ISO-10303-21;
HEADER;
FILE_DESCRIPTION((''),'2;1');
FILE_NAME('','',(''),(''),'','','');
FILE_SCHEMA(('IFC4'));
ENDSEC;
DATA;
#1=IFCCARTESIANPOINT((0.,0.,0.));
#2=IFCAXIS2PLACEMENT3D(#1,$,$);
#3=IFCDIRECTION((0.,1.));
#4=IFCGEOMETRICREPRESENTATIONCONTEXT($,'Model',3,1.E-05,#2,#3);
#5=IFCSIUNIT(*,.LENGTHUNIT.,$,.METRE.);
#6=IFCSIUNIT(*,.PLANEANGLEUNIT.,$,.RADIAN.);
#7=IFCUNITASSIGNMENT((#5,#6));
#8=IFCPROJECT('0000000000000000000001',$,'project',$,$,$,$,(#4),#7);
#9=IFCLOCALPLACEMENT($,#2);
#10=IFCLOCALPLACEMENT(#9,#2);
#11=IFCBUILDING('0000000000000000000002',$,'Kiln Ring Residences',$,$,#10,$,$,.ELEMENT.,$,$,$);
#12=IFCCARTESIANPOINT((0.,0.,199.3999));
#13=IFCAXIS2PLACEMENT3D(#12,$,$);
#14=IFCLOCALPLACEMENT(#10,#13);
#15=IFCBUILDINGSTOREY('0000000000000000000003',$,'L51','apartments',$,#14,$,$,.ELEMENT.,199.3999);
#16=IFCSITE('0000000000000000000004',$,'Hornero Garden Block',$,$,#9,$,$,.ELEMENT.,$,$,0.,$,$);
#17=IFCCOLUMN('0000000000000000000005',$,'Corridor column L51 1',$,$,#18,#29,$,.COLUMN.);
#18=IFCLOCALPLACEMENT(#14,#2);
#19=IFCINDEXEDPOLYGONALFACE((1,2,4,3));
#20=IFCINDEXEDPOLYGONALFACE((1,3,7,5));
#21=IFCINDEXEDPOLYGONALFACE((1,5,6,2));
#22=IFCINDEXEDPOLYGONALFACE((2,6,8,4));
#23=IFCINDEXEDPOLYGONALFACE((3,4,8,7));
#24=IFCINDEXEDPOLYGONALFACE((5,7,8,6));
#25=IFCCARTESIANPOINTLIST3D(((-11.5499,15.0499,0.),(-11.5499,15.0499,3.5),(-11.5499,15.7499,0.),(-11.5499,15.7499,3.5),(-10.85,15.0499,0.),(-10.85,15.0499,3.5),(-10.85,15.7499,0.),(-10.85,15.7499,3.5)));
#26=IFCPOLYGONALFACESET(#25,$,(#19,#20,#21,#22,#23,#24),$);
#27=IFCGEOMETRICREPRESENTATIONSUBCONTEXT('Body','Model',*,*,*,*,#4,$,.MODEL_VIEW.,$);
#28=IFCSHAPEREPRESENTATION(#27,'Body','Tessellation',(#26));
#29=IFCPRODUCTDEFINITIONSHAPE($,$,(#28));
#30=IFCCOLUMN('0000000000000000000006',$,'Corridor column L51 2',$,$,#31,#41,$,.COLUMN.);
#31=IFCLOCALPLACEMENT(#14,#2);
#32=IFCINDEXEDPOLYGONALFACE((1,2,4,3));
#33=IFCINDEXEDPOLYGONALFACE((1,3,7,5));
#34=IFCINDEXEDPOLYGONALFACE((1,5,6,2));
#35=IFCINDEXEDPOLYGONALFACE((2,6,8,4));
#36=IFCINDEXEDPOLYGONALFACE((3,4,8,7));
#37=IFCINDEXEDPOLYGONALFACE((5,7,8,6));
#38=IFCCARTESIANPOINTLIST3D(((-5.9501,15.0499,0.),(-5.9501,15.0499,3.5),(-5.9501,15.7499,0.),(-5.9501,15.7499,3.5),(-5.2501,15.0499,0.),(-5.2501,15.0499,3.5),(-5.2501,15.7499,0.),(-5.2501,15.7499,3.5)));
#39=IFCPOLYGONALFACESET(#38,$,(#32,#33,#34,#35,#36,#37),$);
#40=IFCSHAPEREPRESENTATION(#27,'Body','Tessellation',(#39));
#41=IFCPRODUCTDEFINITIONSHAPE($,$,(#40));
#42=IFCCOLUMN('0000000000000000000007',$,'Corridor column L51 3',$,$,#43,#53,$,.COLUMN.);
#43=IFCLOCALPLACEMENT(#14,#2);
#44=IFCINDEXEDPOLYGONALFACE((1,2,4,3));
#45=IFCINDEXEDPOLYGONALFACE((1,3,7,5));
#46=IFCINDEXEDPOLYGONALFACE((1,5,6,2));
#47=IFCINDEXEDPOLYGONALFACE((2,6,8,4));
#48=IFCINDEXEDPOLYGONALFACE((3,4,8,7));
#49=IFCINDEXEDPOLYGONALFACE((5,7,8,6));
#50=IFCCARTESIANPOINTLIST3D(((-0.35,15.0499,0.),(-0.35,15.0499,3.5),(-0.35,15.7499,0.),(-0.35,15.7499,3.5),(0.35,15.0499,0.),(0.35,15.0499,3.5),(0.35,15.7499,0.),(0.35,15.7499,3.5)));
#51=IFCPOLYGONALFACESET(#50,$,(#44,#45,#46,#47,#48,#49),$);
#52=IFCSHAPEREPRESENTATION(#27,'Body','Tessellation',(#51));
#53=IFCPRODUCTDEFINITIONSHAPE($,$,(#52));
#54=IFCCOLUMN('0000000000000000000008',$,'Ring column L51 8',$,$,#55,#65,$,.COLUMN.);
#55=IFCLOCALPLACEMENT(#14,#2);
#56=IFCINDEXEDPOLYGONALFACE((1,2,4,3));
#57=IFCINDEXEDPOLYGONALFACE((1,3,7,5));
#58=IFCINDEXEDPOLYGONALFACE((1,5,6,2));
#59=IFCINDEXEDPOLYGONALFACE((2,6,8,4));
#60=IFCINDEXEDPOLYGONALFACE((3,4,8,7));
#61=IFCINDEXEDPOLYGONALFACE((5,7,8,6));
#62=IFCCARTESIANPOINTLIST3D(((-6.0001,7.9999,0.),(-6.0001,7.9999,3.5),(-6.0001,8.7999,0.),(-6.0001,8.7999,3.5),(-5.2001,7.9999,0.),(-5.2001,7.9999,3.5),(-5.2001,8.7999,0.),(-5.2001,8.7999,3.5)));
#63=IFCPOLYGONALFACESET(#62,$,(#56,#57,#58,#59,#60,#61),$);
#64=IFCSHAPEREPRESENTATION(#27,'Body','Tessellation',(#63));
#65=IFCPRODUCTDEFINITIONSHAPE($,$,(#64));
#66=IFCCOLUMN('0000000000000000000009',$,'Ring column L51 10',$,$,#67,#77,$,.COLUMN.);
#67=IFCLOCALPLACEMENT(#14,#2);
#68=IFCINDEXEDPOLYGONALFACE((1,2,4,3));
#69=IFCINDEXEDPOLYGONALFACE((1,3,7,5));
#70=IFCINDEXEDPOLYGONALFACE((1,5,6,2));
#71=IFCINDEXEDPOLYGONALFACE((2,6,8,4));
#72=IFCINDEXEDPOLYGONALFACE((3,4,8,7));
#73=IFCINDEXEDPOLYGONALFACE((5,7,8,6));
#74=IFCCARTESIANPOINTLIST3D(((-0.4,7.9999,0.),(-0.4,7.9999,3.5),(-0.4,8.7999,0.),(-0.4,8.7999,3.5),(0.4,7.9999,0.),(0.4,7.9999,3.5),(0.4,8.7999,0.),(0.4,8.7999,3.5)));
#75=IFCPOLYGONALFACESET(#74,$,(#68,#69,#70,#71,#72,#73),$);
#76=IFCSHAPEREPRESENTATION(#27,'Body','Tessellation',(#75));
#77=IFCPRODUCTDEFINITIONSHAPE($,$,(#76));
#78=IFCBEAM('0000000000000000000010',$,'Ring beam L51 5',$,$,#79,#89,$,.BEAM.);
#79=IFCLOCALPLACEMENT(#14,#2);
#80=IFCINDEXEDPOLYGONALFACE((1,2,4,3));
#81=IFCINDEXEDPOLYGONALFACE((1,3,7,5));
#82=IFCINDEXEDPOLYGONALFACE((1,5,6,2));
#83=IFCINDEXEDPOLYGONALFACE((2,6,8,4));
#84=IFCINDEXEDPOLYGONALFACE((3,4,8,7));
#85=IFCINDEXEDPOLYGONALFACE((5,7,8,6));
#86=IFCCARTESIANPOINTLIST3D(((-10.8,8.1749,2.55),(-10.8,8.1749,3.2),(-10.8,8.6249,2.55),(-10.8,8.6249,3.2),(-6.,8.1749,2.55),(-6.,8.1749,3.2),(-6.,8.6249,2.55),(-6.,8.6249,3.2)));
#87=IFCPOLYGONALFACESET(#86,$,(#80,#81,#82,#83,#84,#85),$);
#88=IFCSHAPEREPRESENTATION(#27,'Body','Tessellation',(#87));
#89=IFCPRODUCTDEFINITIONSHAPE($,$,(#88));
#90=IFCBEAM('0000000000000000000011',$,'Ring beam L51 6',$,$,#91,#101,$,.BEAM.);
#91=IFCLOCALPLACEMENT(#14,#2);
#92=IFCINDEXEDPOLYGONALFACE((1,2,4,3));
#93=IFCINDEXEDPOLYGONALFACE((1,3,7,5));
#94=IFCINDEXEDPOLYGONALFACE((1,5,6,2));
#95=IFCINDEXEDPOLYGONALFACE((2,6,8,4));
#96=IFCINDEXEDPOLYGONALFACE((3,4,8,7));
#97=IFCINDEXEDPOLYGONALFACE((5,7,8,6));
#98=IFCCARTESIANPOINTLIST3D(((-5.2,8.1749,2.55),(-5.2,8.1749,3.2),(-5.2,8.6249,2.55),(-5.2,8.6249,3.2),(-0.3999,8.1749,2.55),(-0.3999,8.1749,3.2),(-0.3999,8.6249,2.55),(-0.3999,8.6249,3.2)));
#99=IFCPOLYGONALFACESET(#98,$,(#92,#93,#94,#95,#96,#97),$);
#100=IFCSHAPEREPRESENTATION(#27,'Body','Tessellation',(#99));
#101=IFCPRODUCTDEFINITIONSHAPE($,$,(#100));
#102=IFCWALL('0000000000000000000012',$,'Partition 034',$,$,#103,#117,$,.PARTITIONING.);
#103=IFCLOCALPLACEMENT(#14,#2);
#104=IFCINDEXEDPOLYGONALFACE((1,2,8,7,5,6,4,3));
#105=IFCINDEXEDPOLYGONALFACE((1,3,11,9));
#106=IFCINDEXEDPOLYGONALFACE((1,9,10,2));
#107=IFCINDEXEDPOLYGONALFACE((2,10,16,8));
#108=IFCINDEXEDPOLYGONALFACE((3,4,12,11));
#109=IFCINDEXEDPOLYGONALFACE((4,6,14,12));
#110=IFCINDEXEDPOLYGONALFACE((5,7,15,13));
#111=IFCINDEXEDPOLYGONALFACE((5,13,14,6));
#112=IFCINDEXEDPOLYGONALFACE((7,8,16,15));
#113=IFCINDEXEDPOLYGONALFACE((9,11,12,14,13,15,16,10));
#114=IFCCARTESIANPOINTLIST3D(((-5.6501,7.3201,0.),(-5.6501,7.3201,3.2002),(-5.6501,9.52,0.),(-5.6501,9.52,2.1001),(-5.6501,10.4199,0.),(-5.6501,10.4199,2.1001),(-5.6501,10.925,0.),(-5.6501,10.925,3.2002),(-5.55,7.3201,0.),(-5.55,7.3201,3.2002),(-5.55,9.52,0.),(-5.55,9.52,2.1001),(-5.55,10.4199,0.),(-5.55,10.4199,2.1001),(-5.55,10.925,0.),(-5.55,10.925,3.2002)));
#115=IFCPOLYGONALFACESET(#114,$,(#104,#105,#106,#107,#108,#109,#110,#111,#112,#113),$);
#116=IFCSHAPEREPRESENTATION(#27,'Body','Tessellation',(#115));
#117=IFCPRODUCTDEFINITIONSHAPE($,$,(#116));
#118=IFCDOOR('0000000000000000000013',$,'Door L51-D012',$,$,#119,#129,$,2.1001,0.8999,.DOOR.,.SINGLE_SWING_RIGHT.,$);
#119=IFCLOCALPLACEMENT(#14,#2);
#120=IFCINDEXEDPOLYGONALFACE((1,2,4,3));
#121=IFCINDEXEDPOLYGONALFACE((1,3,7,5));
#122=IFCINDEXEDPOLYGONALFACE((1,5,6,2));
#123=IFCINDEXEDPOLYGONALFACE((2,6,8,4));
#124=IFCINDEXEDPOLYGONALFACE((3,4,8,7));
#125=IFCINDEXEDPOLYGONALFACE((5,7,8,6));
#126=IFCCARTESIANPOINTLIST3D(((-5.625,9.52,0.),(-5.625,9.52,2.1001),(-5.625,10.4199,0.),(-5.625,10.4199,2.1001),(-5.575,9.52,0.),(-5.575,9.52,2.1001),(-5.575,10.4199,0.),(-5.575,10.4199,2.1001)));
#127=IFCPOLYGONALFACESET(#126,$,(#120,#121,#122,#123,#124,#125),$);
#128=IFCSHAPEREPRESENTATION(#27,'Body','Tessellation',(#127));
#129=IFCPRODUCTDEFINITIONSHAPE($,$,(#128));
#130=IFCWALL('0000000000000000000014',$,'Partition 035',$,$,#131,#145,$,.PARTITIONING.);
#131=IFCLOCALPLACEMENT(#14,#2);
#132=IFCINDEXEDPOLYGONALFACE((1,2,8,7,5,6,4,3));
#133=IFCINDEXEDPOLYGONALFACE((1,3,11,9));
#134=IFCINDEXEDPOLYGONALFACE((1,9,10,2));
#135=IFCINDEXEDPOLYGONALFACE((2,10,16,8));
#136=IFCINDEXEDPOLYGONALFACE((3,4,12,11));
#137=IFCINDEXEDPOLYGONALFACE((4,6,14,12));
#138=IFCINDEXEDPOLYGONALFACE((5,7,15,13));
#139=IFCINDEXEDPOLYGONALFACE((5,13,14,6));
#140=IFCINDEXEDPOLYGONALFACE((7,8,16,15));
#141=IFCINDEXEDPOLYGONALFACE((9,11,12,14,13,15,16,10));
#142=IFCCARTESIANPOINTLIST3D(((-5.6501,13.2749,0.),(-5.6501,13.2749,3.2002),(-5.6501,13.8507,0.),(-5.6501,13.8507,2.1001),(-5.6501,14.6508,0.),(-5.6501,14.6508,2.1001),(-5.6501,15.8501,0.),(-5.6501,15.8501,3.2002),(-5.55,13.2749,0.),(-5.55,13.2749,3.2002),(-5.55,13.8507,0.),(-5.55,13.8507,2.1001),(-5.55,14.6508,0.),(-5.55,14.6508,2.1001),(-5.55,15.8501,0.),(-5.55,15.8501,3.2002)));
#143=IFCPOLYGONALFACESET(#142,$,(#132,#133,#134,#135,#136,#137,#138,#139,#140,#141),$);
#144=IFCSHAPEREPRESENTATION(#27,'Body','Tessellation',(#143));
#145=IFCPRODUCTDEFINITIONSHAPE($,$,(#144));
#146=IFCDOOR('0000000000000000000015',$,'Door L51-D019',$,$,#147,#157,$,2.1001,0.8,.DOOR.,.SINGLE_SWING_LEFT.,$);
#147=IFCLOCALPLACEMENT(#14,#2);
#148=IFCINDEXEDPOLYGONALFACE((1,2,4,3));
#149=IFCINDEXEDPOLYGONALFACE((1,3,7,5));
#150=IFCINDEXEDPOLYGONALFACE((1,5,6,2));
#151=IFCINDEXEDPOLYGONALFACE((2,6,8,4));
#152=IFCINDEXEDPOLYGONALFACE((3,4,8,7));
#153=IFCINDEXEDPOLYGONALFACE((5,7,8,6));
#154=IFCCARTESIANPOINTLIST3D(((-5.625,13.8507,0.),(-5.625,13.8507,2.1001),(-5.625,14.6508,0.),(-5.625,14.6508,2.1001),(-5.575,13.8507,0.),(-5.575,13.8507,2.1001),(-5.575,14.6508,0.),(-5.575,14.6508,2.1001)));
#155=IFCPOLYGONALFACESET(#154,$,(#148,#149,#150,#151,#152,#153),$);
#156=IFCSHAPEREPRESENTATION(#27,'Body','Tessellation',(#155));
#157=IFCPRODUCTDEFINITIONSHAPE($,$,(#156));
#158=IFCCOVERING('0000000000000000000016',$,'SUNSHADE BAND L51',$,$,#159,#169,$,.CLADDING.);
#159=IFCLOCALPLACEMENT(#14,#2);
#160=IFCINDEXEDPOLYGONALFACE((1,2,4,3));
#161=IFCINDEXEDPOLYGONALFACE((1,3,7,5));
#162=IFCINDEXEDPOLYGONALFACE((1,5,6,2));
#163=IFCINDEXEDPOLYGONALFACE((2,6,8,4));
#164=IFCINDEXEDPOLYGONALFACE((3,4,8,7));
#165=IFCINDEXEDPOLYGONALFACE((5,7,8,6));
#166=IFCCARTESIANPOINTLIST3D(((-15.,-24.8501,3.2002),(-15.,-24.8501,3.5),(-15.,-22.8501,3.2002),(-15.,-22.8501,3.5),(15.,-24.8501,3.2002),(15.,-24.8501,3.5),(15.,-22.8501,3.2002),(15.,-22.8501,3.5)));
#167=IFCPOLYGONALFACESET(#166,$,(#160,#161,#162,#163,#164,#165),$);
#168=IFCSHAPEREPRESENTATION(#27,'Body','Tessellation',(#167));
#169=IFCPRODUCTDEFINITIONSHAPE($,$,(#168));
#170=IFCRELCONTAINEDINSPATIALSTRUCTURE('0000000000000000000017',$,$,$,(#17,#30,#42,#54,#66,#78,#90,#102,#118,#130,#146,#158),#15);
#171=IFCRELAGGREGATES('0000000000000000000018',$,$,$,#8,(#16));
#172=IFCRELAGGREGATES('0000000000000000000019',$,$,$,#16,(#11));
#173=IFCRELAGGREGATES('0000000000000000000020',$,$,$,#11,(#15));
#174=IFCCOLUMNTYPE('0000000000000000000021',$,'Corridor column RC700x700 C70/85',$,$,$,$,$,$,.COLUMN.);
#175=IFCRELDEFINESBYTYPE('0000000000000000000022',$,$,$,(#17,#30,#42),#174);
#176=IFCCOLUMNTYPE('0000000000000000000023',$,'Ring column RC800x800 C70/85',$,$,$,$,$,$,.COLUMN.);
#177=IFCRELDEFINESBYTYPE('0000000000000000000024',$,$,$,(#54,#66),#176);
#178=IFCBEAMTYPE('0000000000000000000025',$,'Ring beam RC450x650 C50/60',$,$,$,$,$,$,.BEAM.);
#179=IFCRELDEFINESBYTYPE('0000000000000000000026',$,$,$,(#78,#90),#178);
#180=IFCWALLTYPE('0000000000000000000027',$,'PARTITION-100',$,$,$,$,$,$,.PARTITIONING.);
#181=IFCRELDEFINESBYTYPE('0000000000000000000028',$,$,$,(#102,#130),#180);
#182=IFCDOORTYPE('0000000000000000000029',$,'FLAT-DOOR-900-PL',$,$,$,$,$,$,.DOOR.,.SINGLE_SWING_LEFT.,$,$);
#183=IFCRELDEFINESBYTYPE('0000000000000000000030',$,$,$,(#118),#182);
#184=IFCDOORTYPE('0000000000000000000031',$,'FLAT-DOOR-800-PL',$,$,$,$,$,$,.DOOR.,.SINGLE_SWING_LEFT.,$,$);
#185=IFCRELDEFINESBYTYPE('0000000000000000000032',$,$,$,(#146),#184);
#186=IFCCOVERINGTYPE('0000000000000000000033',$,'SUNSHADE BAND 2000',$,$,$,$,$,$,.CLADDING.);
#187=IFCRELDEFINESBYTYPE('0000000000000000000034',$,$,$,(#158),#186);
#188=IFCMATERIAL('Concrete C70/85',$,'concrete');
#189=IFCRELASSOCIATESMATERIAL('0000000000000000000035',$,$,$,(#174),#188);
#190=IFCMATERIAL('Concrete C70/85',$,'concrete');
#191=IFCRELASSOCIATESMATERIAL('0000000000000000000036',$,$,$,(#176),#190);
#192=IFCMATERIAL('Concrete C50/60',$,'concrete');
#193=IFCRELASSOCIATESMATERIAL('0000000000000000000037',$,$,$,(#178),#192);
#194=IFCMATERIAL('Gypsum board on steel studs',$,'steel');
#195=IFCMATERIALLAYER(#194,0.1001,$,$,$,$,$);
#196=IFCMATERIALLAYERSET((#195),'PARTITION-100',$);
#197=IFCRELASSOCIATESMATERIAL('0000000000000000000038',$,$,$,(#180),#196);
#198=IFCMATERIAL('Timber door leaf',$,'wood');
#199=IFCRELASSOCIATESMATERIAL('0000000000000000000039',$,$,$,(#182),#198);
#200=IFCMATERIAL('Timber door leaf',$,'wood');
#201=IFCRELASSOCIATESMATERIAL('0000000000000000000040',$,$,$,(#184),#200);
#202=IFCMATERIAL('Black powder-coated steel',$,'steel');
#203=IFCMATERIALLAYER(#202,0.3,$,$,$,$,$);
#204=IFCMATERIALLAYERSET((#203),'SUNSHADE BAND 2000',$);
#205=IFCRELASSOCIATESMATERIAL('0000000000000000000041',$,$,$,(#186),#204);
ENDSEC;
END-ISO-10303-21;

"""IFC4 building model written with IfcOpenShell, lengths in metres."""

from ifc_helpers import new_model, si_unit, direction, frame, frame_2d, origin, origin_2d, place, context, subcontext, project, spatial, polyline, rectangle, outline, extrude, material, layer, layer_set, material_profile, profile_set, type_object, element, fill, save


model = new_model("IFC4")

# Units and contexts
model_context = context("Model", 3, precision=1e-05, world=origin(), true_north=direction((0.0, 1.0)))
body_context = subcontext(model_context, "Body", "Model", "MODEL_VIEW")
ifc_project = project(units=[si_unit("LENGTHUNIT", "METRE"), si_unit("PLANEANGLEUNIT", "RADIAN")], contexts=[model_context])

# Site, building, storey
site_placement = place(None, origin())
site = spatial("IfcSite", under=ifc_project, at=site_placement, Name="Hornero Garden Block", CompositionType="ELEMENT", RefElevation=0.0)
building_placement = place(site_placement, origin())
building = spatial("IfcBuilding", under=site, at=building_placement, Name="Kiln Ring Residences", CompositionType="ELEMENT")
storey_placement = place(building_placement, frame((0.0, 0.0, 199.3999)))
storey = spatial("IfcBuildingStorey", under=building, at=storey_placement, Name="L51", Description="apartments", CompositionType="ELEMENT", Elevation=199.3999)

# Columns
ifc_material_1 = material(Name="Concrete C70/85", Category="concrete")
ifc_material_profile_1 = material_profile(ifc_material_1, rectangle(XDim=0.7, YDim=0.7, at=origin_2d()), Name="RC700x700")
ifc_profile_set_1 = profile_set([ifc_material_profile_1], Name="Concrete C70/85")
column_type_1 = type_object("IfcColumnType", Name="Corridor column RC700x700 C70/85", PredefinedType="COLUMN", material=ifc_profile_set_1)
for number, where, z_axis, x_axis, name in (
    (1, (-11.2, 15.3999, 0.0), (0.0, 0.0, 1.0), (1.0, 0.0, 0.0), "Corridor column L51 1"),
    (2, (-5.6001, 15.3999, 0.0), (0.0, 0.0, 1.0), (1.0, 0.0, 0.0), "Corridor column L51 2"),
    (3, (0.0, 15.3999, 0.0), (0.0, 0.0, 1.0), (1.0, 0.0, 0.0), "Corridor column L51 3"),
):
    element("IfcColumn", number, at=place(storey_placement, frame(where, z_axis=z_axis, x_axis=x_axis)), inside=storey, type_object=column_type_1, Name=name, PredefinedType="COLUMN", context=body_context, shape_type="SweptSolid", body=[
        extrude(rectangle(XDim=0.7, YDim=0.7, at=origin_2d()), origin(), (0.0, 0.0, 1.0), 3.5),
    ])
ifc_material_2 = material(Name="Concrete C70/85", Category="concrete")
ifc_material_profile_2 = material_profile(ifc_material_2, rectangle(XDim=0.8, YDim=0.8, at=origin_2d()), Name="RC800x800")
ifc_profile_set_2 = profile_set([ifc_material_profile_2], Name="Concrete C70/85")
column_type_2 = type_object("IfcColumnType", Name="Ring column RC800x800 C70/85", PredefinedType="COLUMN", material=ifc_profile_set_2)
for number, where, z_axis, x_axis, name in (
    (4, (-5.6001, 8.3999, 0.0), (0.0, 0.0, 1.0), (1.0, 0.0, 0.0), "Ring column L51 8"),
    (5, (0.0, 8.3999, 0.0), (0.0, 0.0, 1.0), (1.0, 0.0, 0.0), "Ring column L51 10"),
):
    element("IfcColumn", number, at=place(storey_placement, frame(where, z_axis=z_axis, x_axis=x_axis)), inside=storey, type_object=column_type_2, Name=name, PredefinedType="COLUMN", context=body_context, shape_type="SweptSolid", body=[
        extrude(rectangle(XDim=0.8, YDim=0.8, at=origin_2d()), origin(), (0.0, 0.0, 1.0), 3.5),
    ])

# Beams
ifc_material_3 = material(Name="Concrete C50/60", Category="concrete")
ifc_material_profile_3 = material_profile(ifc_material_3, rectangle(XDim=0.45, YDim=0.6499, at=origin_2d()), Name="RC450x650")
ifc_profile_set_3 = profile_set([ifc_material_profile_3], Name="Concrete C50/60")
beam_type = type_object("IfcBeamType", Name="Ring beam RC450x650 C50/60", PredefinedType="BEAM", material=ifc_profile_set_3)
for number, where, z_axis, x_axis, name in (
    (6, (-10.8, 8.3999, 2.875), (1.0, 0.0, 0.0), (0.0, 1.0, 0.0), "Ring beam L51 5"),
    (7, (-5.2, 8.3999, 2.875), (1.0, 0.0, 0.0), (0.0, 1.0, 0.0), "Ring beam L51 6"),
):
    element("IfcBeam", number, at=place(storey_placement, frame(where, z_axis=z_axis, x_axis=x_axis)), inside=storey, type_object=beam_type, Name=name, PredefinedType="BEAM", context=body_context, shape_type="SweptSolid", body=[
        extrude(rectangle(XDim=0.45, YDim=0.6499, at=origin_2d()), origin(), (0.0, 0.0, 1.0), 4.8),
    ])

# Walls, openings, doors
ifc_material_4 = material(Name="Gypsum board on steel studs", Category="steel")
ifc_layer_1 = layer(ifc_material_4, 0.1001)
ifc_layer_set_1 = layer_set([ifc_layer_1], Name="PARTITION-100")
wall_type = type_object("IfcWallType", Name="PARTITION-100", PredefinedType="PARTITIONING", material=ifc_layer_set_1)
wall_1_placement = place(storey_placement, frame((-5.6001, 7.3201, 0.0), z_axis=(0.0, 0.0, 1.0), x_axis=(0.0, 1.0, 0.0)))
wall_1 = element("IfcWall", 8, at=wall_1_placement, inside=storey, type_object=wall_type, Name="Partition 034", PredefinedType="PARTITIONING", context=body_context, shape_type="SweptSolid", body=[
    extrude(rectangle(XDim=3.605, YDim=0.1001, at=frame_2d((1.8025, 0.0))), origin(), (0.0, 0.0, 1.0), 3.2002),
])
opening_1_placement = place(wall_1_placement, frame((2.2, 0.0, 0.0)))
opening_1 = element("IfcOpeningElement", 9, at=opening_1_placement, cuts=wall_1, PredefinedType="OPENING", context=body_context, shape_type="SweptSolid", body=[
    extrude(rectangle(XDim=0.8999, YDim=2.1001, at=frame_2d((0.45, 1.05))), frame((0.0, 0.0601, 0.0), z_axis=(0.0, -1.0, 0.0), x_axis=(1.0, 0.0, 0.0)), (0.0, 0.0, 1.0), 0.1201),
])
ifc_material_5 = material(Name="Timber door leaf", Category="wood")
door_type_1 = type_object("IfcDoorType", Name="FLAT-DOOR-900-PL", OperationType="SINGLE_SWING_LEFT", PredefinedType="DOOR", material=ifc_material_5)
door_1_placement = place(opening_1_placement, origin())
door_1 = element("IfcDoor", 10, at=door_1_placement, inside=storey, type_object=door_type_1, Name="Door L51-D012", OperationType="SINGLE_SWING_RIGHT", OverallHeight=2.1001, OverallWidth=0.8999, PredefinedType="DOOR", context=body_context, shape_type="SweptSolid", body=[
    extrude(rectangle(XDim=0.8999, YDim=2.1001, at=frame_2d((0.45, 1.05))), frame((0.0, 0.0249, 0.0), z_axis=(0.0, -1.0, 0.0), x_axis=(1.0, 0.0, 0.0)), (0.0, 0.0, 1.0), 0.05),
])
fill(opening_1, door_1)
wall_2_placement = place(storey_placement, frame((-5.6001, 13.2749, 0.0), z_axis=(0.0, 0.0, 1.0), x_axis=(0.0, 1.0, 0.0)))
wall_2 = element("IfcWall", 11, at=wall_2_placement, inside=storey, type_object=wall_type, Name="Partition 035", PredefinedType="PARTITIONING", context=body_context, shape_type="SweptSolid", body=[
    extrude(rectangle(XDim=2.5752, YDim=0.1001, at=frame_2d((1.2876, 0.0))), origin(), (0.0, 0.0, 1.0), 3.2002),
])
opening_2_placement = place(wall_2_placement, frame((0.5759, 0.0, 0.0)))
opening_2 = element("IfcOpeningElement", 12, at=opening_2_placement, cuts=wall_2, PredefinedType="OPENING", context=body_context, shape_type="SweptSolid", body=[
    extrude(rectangle(XDim=0.8, YDim=2.1001, at=frame_2d((0.3999, 1.05))), frame((0.0, 0.0601, 0.0), z_axis=(0.0, -1.0, 0.0), x_axis=(1.0, 0.0, 0.0)), (0.0, 0.0, 1.0), 0.1201),
])
ifc_material_6 = material(Name="Timber door leaf", Category="wood")
door_type_2 = type_object("IfcDoorType", Name="FLAT-DOOR-800-PL", OperationType="SINGLE_SWING_LEFT", PredefinedType="DOOR", material=ifc_material_6)
door_2_placement = place(opening_2_placement, origin())
door_2 = element("IfcDoor", 13, at=door_2_placement, inside=storey, type_object=door_type_2, Name="Door L51-D019", OperationType="SINGLE_SWING_LEFT", OverallHeight=2.1001, OverallWidth=0.8, PredefinedType="DOOR", context=body_context, shape_type="SweptSolid", body=[
    extrude(rectangle(XDim=0.8, YDim=2.1001, at=frame_2d((0.3999, 1.05))), frame((0.0, 0.0249, 0.0), z_axis=(0.0, -1.0, 0.0), x_axis=(1.0, 0.0, 0.0)), (0.0, 0.0, 1.0), 0.05),
])
fill(opening_2, door_2)

# Covering
ifc_material_7 = material(Name="Black powder-coated steel", Category="steel")
ifc_layer_2 = layer(ifc_material_7, 0.3)
ifc_layer_set_2 = layer_set([ifc_layer_2], Name="SUNSHADE BAND 2000")
covering_type = type_object("IfcCoveringType", Name="SUNSHADE BAND 2000", PredefinedType="CLADDING", material=ifc_layer_set_2)
covering_placement = place(storey_placement, frame((0.0, 0.0, 3.2002)))
element("IfcCovering", 14, at=covering_placement, inside=storey, type_object=covering_type, Name="SUNSHADE BAND L51", PredefinedType="CLADDING", context=body_context, shape_type="SweptSolid", body=[
    extrude(outline(polyline([(-15.0, -24.8501), (15.0, -24.8501), (15.0, -22.8501), (-15.0, -22.8501), (-15.0, -24.8501)])), origin(), (0.0, 0.0, 1.0), 0.2998),
])

save(model, "model.ifc")
